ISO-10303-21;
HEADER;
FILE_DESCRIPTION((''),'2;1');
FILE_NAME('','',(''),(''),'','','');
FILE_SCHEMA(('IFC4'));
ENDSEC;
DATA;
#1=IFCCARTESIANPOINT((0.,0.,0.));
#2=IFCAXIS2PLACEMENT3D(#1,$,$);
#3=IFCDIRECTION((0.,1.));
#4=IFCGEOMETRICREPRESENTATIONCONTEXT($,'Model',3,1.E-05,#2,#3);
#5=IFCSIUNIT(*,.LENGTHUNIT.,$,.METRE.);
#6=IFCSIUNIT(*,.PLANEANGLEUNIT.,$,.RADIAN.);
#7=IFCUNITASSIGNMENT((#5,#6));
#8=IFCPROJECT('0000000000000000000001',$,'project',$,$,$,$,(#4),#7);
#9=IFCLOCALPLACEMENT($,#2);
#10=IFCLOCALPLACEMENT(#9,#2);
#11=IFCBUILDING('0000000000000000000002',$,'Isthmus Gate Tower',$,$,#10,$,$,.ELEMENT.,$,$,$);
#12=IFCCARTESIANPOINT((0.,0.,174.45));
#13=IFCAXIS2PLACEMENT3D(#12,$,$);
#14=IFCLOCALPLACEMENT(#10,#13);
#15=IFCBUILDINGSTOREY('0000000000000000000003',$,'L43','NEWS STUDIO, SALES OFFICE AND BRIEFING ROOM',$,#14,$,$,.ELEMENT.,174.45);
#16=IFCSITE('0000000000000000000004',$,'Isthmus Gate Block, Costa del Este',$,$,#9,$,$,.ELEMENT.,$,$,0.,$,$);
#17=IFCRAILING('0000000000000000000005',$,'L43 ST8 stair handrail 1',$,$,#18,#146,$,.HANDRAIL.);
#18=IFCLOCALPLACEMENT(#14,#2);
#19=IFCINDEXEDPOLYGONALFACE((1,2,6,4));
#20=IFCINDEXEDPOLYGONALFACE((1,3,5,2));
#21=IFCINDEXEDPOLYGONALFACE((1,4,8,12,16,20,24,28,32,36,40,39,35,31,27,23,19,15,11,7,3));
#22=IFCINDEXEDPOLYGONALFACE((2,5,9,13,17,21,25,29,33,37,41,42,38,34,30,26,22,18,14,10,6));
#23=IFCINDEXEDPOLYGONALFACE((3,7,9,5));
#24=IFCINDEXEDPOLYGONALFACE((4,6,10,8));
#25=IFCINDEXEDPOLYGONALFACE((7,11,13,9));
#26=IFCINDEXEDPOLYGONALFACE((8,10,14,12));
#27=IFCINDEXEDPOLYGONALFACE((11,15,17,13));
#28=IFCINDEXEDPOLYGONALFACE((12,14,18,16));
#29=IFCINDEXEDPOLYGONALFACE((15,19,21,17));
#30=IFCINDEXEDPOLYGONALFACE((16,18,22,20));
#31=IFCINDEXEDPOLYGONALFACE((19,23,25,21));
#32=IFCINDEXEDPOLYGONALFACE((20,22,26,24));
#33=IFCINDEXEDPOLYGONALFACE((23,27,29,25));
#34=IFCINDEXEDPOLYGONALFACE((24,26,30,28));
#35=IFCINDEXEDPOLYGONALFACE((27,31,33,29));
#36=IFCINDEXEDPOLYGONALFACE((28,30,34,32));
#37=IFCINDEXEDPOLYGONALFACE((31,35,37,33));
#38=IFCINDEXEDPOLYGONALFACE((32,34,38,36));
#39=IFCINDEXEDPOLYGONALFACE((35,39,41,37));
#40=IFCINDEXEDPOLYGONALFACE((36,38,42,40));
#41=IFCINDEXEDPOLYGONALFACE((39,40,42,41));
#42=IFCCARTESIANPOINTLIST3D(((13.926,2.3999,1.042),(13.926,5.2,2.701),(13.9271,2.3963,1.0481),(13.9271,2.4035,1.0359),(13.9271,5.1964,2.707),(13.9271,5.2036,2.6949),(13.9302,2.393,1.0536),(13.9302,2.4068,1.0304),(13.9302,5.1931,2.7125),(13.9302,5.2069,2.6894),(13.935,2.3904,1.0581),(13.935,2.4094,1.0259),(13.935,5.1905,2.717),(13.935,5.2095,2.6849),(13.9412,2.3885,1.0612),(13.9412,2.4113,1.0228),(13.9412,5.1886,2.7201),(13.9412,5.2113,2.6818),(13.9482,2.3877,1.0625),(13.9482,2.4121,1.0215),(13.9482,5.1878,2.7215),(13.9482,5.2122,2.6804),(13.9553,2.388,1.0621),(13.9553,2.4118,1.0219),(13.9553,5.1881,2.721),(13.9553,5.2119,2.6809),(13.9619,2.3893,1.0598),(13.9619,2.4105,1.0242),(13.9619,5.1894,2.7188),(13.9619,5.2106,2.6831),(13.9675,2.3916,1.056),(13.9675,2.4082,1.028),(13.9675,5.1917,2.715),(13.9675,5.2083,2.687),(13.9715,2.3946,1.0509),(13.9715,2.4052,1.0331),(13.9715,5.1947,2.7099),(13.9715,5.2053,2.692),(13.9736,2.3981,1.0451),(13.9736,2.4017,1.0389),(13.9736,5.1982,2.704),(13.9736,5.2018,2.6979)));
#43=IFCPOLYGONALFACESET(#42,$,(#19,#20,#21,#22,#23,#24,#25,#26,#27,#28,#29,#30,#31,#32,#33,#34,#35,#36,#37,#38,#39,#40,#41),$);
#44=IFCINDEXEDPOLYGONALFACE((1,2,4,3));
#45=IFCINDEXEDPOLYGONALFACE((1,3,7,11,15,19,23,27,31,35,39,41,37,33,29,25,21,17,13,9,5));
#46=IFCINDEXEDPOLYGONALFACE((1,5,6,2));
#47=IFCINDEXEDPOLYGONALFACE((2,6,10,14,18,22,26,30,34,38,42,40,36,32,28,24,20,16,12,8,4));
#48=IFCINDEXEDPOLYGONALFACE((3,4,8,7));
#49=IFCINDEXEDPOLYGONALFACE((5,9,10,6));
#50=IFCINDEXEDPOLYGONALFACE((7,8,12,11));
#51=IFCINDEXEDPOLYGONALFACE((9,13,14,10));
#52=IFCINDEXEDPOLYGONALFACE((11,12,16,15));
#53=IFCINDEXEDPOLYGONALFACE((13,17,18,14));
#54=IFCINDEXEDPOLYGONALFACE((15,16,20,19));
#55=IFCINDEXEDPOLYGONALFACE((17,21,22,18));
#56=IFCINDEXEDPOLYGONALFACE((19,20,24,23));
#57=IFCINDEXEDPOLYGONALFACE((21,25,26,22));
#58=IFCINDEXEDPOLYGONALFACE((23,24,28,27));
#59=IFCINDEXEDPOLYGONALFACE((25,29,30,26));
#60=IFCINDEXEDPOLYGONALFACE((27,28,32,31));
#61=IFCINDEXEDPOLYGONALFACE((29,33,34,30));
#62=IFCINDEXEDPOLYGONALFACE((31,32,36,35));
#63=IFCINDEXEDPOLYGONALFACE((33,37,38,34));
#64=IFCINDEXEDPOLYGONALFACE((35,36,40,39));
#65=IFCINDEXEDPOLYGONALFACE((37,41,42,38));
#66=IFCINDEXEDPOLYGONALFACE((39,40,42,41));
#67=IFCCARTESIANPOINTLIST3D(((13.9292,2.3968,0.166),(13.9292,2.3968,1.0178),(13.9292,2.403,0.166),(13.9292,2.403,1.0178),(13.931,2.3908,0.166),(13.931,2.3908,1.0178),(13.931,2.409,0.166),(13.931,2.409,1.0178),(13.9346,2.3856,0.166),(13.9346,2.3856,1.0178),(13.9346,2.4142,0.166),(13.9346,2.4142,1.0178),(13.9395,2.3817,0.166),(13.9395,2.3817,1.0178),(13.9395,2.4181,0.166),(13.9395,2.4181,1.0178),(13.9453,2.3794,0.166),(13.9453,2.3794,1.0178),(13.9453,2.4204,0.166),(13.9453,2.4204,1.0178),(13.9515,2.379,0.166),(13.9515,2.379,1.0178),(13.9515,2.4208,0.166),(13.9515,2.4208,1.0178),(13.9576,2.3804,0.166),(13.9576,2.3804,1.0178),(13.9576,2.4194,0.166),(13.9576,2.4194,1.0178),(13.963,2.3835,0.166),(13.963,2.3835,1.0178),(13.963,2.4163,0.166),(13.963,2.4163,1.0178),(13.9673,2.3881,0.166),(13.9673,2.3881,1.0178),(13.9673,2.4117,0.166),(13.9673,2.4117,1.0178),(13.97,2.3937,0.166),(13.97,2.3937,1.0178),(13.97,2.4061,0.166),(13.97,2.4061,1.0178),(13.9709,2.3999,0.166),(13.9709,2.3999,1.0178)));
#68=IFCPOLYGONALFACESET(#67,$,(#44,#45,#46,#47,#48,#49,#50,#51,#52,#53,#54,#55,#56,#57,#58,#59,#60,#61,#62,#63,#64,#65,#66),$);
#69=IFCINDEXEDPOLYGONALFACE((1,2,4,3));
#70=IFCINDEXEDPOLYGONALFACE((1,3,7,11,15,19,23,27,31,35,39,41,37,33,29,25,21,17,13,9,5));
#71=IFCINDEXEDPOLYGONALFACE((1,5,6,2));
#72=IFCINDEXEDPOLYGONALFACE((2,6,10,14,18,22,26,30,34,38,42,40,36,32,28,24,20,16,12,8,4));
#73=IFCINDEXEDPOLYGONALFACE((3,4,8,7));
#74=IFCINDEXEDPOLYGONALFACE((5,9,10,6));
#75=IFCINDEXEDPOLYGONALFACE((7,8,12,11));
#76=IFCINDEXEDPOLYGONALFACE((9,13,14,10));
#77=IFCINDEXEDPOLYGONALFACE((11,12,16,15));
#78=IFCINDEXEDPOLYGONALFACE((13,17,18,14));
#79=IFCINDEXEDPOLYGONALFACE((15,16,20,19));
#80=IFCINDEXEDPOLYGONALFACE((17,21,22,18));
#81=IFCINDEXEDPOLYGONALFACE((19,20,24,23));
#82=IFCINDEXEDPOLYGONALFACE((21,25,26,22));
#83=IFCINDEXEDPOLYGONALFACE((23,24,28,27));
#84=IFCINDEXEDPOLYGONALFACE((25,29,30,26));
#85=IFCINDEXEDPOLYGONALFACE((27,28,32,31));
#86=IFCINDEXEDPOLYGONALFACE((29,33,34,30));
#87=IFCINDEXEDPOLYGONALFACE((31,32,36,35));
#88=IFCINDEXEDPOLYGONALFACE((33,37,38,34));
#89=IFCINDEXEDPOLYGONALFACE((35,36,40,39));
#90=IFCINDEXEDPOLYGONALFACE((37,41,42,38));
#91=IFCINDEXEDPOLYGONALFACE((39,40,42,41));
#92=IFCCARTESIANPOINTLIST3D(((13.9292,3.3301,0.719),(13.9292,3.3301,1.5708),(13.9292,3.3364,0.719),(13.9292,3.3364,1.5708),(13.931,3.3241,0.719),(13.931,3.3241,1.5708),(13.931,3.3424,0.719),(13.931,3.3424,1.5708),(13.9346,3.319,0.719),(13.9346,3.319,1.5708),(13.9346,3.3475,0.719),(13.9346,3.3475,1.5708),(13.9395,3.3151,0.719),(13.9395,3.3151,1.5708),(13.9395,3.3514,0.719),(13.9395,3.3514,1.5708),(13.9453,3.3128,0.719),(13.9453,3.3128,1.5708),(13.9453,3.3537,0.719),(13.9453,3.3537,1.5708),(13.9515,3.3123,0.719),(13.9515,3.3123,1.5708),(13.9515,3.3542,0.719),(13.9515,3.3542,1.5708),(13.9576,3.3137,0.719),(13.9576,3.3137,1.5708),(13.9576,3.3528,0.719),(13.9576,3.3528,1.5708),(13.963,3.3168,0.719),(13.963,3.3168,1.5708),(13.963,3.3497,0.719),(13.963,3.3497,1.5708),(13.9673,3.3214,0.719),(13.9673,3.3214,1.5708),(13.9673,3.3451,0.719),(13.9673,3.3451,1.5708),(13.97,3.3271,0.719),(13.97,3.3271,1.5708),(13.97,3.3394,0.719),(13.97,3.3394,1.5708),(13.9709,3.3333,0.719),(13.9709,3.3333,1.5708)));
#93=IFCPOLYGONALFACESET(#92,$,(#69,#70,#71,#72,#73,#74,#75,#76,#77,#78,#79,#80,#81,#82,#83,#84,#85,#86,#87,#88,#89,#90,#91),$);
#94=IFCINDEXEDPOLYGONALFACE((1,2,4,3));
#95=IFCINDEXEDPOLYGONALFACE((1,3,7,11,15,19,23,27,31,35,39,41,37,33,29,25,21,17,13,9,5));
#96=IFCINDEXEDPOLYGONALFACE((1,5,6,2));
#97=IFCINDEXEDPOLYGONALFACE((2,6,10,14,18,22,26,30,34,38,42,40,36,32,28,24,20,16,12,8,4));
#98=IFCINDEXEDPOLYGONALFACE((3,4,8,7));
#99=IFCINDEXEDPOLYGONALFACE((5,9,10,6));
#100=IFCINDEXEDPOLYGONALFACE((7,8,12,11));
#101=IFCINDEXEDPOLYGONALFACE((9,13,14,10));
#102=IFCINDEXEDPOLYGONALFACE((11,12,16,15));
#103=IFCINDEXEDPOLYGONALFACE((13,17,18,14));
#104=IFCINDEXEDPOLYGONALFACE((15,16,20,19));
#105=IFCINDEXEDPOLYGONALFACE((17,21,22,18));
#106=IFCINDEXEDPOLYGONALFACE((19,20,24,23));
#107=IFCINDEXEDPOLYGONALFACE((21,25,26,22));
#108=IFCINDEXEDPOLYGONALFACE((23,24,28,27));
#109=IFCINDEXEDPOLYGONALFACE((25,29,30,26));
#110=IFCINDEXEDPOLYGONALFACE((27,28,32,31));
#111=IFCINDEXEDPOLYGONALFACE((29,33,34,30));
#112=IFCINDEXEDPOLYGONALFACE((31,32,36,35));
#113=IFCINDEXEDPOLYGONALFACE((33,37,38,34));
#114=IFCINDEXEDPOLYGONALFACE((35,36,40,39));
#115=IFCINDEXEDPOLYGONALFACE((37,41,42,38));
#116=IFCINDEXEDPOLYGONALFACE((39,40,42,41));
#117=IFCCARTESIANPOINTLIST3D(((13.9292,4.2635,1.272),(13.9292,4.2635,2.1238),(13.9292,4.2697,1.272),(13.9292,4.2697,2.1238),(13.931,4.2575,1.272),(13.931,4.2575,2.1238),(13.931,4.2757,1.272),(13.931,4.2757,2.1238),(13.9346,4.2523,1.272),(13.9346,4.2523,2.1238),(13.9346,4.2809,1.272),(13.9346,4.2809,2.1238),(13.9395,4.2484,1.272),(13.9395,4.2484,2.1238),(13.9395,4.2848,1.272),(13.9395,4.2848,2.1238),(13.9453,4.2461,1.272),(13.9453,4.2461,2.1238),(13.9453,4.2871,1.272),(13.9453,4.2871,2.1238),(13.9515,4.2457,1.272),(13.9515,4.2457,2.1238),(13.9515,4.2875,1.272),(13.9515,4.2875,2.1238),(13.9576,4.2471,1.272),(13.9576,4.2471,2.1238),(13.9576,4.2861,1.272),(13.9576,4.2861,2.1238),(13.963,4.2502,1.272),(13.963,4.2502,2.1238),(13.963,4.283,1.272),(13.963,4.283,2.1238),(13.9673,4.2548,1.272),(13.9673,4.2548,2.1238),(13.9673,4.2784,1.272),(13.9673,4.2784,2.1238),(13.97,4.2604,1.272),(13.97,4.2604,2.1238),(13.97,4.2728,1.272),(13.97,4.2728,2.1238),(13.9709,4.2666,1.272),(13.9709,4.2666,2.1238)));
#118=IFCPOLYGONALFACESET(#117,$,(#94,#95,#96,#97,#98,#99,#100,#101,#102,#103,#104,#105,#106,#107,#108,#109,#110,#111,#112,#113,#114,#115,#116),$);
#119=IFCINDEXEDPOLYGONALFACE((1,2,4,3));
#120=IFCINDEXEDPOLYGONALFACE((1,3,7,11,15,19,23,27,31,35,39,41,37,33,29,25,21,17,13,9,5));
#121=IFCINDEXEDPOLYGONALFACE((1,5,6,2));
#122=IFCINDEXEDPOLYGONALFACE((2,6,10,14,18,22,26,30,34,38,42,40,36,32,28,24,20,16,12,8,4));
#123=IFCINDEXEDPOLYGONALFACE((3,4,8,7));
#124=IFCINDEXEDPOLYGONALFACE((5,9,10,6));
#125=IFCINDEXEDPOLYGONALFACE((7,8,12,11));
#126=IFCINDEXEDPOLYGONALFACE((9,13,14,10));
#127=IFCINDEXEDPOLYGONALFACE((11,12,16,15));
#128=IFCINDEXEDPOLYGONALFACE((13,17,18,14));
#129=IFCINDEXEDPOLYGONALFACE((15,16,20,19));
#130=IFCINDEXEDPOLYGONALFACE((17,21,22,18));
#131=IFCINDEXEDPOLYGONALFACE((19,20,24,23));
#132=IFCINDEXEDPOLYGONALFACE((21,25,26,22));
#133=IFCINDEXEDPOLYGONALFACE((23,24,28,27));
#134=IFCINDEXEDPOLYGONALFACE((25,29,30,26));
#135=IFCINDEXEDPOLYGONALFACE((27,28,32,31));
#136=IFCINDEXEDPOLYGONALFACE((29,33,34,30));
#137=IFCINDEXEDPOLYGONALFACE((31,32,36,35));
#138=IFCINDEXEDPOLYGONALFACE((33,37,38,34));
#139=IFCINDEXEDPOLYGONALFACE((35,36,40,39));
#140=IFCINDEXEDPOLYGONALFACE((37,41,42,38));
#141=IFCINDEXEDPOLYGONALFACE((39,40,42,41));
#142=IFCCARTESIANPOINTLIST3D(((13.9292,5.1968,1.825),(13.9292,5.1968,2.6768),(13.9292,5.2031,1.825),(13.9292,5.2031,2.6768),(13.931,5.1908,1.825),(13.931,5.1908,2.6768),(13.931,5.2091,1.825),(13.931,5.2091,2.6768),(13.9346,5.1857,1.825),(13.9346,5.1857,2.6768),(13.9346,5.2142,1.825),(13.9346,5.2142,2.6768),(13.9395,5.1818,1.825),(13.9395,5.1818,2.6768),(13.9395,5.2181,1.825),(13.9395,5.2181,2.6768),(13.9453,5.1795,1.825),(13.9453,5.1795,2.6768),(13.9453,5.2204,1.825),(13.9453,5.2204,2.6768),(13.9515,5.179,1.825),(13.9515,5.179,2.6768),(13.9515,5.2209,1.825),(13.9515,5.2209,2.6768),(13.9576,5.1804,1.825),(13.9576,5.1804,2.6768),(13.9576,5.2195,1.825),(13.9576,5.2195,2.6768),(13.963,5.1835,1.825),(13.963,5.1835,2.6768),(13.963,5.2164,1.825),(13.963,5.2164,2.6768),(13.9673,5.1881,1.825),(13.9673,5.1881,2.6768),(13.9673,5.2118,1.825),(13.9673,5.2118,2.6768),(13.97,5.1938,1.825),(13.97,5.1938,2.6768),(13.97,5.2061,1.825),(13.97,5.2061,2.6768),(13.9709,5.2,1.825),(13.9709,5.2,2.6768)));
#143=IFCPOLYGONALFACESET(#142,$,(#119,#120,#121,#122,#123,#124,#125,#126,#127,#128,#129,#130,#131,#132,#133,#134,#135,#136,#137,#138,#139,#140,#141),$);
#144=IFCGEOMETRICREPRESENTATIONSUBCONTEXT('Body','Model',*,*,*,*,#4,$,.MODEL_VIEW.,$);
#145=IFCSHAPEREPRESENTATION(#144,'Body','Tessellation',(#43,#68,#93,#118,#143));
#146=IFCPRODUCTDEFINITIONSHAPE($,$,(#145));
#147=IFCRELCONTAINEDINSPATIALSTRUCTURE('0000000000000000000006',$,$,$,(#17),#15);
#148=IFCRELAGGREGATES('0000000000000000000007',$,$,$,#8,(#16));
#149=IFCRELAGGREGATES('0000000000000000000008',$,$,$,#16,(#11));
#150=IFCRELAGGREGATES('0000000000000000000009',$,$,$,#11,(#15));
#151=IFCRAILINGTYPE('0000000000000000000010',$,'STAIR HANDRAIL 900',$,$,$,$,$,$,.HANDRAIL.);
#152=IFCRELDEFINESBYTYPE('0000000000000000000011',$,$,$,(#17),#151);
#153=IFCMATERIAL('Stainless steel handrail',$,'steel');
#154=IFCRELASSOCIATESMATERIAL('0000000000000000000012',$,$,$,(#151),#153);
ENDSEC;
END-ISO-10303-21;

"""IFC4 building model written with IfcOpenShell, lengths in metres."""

from ifc_helpers import new_model, si_unit, direction, frame, origin, origin_2d, place, context, subcontext, project, spatial, circle, extrude, material, type_object, element, save


model = new_model("IFC4")

# Units and contexts
model_context = context("Model", 3, precision=1e-05, world=origin(), true_north=direction((0.0, 1.0)))
body_context = subcontext(model_context, "Body", "Model", "MODEL_VIEW")
ifc_project = project(units=[si_unit("LENGTHUNIT", "METRE"), si_unit("PLANEANGLEUNIT", "RADIAN")], contexts=[model_context])

# Site, building, storey
site_placement = place(None, origin())
site = spatial("IfcSite", under=ifc_project, at=site_placement, Name="Isthmus Gate Block, Costa del Este", CompositionType="ELEMENT", RefElevation=0.0)
building_placement = place(site_placement, origin())
building = spatial("IfcBuilding", under=site, at=building_placement, Name="Isthmus Gate Tower", CompositionType="ELEMENT")
storey_placement = place(building_placement, frame((0.0, 0.0, 174.45)))
storey = spatial("IfcBuildingStorey", under=building, at=storey_placement, Name="L43", Description="NEWS STUDIO, SALES OFFICE AND BRIEFING ROOM", CompositionType="ELEMENT", Elevation=174.45)

# Railing
ifc_material_1 = material(Name="Stainless steel handrail", Category="steel")
railing_type_1 = type_object("IfcRailingType", Name="STAIR HANDRAIL 900", PredefinedType="HANDRAIL", material=ifc_material_1)
railing_1_placement = place(storey_placement, frame((13.95, 2.3999, 0.166)))
element("IfcRailing", 1, at=railing_1_placement, inside=storey, type_object=railing_type_1, Name="L43 ST8 stair handrail 1", PredefinedType="HANDRAIL", context=body_context, shape_type="SweptSolid", body=[
    extrude(circle(Radius=0.0239, at=origin_2d()), frame((0.0, 0.0, 0.876), z_axis=(0.0, 0.860339, 0.509722), x_axis=(-1.0, 0.0, 0.0)), (0.0, 0.0, 1.0), 3.2546),
    extrude(circle(Radius=0.021, at=origin_2d()), origin(), (0.0, 0.0, 1.0), 0.8518),
    extrude(circle(Radius=0.021, at=origin_2d()), frame((0.0, 0.9333, 0.553)), (0.0, 0.0, 1.0), 0.8518),
    extrude(circle(Radius=0.021, at=origin_2d()), frame((0.0, 1.8667, 1.106)), (0.0, 0.0, 1.0), 0.8518),
    extrude(circle(Radius=0.021, at=origin_2d()), frame((0.0, 2.8, 1.6589)), (0.0, 0.0, 1.0), 0.8518),
])

save(model, "model.ifc")
